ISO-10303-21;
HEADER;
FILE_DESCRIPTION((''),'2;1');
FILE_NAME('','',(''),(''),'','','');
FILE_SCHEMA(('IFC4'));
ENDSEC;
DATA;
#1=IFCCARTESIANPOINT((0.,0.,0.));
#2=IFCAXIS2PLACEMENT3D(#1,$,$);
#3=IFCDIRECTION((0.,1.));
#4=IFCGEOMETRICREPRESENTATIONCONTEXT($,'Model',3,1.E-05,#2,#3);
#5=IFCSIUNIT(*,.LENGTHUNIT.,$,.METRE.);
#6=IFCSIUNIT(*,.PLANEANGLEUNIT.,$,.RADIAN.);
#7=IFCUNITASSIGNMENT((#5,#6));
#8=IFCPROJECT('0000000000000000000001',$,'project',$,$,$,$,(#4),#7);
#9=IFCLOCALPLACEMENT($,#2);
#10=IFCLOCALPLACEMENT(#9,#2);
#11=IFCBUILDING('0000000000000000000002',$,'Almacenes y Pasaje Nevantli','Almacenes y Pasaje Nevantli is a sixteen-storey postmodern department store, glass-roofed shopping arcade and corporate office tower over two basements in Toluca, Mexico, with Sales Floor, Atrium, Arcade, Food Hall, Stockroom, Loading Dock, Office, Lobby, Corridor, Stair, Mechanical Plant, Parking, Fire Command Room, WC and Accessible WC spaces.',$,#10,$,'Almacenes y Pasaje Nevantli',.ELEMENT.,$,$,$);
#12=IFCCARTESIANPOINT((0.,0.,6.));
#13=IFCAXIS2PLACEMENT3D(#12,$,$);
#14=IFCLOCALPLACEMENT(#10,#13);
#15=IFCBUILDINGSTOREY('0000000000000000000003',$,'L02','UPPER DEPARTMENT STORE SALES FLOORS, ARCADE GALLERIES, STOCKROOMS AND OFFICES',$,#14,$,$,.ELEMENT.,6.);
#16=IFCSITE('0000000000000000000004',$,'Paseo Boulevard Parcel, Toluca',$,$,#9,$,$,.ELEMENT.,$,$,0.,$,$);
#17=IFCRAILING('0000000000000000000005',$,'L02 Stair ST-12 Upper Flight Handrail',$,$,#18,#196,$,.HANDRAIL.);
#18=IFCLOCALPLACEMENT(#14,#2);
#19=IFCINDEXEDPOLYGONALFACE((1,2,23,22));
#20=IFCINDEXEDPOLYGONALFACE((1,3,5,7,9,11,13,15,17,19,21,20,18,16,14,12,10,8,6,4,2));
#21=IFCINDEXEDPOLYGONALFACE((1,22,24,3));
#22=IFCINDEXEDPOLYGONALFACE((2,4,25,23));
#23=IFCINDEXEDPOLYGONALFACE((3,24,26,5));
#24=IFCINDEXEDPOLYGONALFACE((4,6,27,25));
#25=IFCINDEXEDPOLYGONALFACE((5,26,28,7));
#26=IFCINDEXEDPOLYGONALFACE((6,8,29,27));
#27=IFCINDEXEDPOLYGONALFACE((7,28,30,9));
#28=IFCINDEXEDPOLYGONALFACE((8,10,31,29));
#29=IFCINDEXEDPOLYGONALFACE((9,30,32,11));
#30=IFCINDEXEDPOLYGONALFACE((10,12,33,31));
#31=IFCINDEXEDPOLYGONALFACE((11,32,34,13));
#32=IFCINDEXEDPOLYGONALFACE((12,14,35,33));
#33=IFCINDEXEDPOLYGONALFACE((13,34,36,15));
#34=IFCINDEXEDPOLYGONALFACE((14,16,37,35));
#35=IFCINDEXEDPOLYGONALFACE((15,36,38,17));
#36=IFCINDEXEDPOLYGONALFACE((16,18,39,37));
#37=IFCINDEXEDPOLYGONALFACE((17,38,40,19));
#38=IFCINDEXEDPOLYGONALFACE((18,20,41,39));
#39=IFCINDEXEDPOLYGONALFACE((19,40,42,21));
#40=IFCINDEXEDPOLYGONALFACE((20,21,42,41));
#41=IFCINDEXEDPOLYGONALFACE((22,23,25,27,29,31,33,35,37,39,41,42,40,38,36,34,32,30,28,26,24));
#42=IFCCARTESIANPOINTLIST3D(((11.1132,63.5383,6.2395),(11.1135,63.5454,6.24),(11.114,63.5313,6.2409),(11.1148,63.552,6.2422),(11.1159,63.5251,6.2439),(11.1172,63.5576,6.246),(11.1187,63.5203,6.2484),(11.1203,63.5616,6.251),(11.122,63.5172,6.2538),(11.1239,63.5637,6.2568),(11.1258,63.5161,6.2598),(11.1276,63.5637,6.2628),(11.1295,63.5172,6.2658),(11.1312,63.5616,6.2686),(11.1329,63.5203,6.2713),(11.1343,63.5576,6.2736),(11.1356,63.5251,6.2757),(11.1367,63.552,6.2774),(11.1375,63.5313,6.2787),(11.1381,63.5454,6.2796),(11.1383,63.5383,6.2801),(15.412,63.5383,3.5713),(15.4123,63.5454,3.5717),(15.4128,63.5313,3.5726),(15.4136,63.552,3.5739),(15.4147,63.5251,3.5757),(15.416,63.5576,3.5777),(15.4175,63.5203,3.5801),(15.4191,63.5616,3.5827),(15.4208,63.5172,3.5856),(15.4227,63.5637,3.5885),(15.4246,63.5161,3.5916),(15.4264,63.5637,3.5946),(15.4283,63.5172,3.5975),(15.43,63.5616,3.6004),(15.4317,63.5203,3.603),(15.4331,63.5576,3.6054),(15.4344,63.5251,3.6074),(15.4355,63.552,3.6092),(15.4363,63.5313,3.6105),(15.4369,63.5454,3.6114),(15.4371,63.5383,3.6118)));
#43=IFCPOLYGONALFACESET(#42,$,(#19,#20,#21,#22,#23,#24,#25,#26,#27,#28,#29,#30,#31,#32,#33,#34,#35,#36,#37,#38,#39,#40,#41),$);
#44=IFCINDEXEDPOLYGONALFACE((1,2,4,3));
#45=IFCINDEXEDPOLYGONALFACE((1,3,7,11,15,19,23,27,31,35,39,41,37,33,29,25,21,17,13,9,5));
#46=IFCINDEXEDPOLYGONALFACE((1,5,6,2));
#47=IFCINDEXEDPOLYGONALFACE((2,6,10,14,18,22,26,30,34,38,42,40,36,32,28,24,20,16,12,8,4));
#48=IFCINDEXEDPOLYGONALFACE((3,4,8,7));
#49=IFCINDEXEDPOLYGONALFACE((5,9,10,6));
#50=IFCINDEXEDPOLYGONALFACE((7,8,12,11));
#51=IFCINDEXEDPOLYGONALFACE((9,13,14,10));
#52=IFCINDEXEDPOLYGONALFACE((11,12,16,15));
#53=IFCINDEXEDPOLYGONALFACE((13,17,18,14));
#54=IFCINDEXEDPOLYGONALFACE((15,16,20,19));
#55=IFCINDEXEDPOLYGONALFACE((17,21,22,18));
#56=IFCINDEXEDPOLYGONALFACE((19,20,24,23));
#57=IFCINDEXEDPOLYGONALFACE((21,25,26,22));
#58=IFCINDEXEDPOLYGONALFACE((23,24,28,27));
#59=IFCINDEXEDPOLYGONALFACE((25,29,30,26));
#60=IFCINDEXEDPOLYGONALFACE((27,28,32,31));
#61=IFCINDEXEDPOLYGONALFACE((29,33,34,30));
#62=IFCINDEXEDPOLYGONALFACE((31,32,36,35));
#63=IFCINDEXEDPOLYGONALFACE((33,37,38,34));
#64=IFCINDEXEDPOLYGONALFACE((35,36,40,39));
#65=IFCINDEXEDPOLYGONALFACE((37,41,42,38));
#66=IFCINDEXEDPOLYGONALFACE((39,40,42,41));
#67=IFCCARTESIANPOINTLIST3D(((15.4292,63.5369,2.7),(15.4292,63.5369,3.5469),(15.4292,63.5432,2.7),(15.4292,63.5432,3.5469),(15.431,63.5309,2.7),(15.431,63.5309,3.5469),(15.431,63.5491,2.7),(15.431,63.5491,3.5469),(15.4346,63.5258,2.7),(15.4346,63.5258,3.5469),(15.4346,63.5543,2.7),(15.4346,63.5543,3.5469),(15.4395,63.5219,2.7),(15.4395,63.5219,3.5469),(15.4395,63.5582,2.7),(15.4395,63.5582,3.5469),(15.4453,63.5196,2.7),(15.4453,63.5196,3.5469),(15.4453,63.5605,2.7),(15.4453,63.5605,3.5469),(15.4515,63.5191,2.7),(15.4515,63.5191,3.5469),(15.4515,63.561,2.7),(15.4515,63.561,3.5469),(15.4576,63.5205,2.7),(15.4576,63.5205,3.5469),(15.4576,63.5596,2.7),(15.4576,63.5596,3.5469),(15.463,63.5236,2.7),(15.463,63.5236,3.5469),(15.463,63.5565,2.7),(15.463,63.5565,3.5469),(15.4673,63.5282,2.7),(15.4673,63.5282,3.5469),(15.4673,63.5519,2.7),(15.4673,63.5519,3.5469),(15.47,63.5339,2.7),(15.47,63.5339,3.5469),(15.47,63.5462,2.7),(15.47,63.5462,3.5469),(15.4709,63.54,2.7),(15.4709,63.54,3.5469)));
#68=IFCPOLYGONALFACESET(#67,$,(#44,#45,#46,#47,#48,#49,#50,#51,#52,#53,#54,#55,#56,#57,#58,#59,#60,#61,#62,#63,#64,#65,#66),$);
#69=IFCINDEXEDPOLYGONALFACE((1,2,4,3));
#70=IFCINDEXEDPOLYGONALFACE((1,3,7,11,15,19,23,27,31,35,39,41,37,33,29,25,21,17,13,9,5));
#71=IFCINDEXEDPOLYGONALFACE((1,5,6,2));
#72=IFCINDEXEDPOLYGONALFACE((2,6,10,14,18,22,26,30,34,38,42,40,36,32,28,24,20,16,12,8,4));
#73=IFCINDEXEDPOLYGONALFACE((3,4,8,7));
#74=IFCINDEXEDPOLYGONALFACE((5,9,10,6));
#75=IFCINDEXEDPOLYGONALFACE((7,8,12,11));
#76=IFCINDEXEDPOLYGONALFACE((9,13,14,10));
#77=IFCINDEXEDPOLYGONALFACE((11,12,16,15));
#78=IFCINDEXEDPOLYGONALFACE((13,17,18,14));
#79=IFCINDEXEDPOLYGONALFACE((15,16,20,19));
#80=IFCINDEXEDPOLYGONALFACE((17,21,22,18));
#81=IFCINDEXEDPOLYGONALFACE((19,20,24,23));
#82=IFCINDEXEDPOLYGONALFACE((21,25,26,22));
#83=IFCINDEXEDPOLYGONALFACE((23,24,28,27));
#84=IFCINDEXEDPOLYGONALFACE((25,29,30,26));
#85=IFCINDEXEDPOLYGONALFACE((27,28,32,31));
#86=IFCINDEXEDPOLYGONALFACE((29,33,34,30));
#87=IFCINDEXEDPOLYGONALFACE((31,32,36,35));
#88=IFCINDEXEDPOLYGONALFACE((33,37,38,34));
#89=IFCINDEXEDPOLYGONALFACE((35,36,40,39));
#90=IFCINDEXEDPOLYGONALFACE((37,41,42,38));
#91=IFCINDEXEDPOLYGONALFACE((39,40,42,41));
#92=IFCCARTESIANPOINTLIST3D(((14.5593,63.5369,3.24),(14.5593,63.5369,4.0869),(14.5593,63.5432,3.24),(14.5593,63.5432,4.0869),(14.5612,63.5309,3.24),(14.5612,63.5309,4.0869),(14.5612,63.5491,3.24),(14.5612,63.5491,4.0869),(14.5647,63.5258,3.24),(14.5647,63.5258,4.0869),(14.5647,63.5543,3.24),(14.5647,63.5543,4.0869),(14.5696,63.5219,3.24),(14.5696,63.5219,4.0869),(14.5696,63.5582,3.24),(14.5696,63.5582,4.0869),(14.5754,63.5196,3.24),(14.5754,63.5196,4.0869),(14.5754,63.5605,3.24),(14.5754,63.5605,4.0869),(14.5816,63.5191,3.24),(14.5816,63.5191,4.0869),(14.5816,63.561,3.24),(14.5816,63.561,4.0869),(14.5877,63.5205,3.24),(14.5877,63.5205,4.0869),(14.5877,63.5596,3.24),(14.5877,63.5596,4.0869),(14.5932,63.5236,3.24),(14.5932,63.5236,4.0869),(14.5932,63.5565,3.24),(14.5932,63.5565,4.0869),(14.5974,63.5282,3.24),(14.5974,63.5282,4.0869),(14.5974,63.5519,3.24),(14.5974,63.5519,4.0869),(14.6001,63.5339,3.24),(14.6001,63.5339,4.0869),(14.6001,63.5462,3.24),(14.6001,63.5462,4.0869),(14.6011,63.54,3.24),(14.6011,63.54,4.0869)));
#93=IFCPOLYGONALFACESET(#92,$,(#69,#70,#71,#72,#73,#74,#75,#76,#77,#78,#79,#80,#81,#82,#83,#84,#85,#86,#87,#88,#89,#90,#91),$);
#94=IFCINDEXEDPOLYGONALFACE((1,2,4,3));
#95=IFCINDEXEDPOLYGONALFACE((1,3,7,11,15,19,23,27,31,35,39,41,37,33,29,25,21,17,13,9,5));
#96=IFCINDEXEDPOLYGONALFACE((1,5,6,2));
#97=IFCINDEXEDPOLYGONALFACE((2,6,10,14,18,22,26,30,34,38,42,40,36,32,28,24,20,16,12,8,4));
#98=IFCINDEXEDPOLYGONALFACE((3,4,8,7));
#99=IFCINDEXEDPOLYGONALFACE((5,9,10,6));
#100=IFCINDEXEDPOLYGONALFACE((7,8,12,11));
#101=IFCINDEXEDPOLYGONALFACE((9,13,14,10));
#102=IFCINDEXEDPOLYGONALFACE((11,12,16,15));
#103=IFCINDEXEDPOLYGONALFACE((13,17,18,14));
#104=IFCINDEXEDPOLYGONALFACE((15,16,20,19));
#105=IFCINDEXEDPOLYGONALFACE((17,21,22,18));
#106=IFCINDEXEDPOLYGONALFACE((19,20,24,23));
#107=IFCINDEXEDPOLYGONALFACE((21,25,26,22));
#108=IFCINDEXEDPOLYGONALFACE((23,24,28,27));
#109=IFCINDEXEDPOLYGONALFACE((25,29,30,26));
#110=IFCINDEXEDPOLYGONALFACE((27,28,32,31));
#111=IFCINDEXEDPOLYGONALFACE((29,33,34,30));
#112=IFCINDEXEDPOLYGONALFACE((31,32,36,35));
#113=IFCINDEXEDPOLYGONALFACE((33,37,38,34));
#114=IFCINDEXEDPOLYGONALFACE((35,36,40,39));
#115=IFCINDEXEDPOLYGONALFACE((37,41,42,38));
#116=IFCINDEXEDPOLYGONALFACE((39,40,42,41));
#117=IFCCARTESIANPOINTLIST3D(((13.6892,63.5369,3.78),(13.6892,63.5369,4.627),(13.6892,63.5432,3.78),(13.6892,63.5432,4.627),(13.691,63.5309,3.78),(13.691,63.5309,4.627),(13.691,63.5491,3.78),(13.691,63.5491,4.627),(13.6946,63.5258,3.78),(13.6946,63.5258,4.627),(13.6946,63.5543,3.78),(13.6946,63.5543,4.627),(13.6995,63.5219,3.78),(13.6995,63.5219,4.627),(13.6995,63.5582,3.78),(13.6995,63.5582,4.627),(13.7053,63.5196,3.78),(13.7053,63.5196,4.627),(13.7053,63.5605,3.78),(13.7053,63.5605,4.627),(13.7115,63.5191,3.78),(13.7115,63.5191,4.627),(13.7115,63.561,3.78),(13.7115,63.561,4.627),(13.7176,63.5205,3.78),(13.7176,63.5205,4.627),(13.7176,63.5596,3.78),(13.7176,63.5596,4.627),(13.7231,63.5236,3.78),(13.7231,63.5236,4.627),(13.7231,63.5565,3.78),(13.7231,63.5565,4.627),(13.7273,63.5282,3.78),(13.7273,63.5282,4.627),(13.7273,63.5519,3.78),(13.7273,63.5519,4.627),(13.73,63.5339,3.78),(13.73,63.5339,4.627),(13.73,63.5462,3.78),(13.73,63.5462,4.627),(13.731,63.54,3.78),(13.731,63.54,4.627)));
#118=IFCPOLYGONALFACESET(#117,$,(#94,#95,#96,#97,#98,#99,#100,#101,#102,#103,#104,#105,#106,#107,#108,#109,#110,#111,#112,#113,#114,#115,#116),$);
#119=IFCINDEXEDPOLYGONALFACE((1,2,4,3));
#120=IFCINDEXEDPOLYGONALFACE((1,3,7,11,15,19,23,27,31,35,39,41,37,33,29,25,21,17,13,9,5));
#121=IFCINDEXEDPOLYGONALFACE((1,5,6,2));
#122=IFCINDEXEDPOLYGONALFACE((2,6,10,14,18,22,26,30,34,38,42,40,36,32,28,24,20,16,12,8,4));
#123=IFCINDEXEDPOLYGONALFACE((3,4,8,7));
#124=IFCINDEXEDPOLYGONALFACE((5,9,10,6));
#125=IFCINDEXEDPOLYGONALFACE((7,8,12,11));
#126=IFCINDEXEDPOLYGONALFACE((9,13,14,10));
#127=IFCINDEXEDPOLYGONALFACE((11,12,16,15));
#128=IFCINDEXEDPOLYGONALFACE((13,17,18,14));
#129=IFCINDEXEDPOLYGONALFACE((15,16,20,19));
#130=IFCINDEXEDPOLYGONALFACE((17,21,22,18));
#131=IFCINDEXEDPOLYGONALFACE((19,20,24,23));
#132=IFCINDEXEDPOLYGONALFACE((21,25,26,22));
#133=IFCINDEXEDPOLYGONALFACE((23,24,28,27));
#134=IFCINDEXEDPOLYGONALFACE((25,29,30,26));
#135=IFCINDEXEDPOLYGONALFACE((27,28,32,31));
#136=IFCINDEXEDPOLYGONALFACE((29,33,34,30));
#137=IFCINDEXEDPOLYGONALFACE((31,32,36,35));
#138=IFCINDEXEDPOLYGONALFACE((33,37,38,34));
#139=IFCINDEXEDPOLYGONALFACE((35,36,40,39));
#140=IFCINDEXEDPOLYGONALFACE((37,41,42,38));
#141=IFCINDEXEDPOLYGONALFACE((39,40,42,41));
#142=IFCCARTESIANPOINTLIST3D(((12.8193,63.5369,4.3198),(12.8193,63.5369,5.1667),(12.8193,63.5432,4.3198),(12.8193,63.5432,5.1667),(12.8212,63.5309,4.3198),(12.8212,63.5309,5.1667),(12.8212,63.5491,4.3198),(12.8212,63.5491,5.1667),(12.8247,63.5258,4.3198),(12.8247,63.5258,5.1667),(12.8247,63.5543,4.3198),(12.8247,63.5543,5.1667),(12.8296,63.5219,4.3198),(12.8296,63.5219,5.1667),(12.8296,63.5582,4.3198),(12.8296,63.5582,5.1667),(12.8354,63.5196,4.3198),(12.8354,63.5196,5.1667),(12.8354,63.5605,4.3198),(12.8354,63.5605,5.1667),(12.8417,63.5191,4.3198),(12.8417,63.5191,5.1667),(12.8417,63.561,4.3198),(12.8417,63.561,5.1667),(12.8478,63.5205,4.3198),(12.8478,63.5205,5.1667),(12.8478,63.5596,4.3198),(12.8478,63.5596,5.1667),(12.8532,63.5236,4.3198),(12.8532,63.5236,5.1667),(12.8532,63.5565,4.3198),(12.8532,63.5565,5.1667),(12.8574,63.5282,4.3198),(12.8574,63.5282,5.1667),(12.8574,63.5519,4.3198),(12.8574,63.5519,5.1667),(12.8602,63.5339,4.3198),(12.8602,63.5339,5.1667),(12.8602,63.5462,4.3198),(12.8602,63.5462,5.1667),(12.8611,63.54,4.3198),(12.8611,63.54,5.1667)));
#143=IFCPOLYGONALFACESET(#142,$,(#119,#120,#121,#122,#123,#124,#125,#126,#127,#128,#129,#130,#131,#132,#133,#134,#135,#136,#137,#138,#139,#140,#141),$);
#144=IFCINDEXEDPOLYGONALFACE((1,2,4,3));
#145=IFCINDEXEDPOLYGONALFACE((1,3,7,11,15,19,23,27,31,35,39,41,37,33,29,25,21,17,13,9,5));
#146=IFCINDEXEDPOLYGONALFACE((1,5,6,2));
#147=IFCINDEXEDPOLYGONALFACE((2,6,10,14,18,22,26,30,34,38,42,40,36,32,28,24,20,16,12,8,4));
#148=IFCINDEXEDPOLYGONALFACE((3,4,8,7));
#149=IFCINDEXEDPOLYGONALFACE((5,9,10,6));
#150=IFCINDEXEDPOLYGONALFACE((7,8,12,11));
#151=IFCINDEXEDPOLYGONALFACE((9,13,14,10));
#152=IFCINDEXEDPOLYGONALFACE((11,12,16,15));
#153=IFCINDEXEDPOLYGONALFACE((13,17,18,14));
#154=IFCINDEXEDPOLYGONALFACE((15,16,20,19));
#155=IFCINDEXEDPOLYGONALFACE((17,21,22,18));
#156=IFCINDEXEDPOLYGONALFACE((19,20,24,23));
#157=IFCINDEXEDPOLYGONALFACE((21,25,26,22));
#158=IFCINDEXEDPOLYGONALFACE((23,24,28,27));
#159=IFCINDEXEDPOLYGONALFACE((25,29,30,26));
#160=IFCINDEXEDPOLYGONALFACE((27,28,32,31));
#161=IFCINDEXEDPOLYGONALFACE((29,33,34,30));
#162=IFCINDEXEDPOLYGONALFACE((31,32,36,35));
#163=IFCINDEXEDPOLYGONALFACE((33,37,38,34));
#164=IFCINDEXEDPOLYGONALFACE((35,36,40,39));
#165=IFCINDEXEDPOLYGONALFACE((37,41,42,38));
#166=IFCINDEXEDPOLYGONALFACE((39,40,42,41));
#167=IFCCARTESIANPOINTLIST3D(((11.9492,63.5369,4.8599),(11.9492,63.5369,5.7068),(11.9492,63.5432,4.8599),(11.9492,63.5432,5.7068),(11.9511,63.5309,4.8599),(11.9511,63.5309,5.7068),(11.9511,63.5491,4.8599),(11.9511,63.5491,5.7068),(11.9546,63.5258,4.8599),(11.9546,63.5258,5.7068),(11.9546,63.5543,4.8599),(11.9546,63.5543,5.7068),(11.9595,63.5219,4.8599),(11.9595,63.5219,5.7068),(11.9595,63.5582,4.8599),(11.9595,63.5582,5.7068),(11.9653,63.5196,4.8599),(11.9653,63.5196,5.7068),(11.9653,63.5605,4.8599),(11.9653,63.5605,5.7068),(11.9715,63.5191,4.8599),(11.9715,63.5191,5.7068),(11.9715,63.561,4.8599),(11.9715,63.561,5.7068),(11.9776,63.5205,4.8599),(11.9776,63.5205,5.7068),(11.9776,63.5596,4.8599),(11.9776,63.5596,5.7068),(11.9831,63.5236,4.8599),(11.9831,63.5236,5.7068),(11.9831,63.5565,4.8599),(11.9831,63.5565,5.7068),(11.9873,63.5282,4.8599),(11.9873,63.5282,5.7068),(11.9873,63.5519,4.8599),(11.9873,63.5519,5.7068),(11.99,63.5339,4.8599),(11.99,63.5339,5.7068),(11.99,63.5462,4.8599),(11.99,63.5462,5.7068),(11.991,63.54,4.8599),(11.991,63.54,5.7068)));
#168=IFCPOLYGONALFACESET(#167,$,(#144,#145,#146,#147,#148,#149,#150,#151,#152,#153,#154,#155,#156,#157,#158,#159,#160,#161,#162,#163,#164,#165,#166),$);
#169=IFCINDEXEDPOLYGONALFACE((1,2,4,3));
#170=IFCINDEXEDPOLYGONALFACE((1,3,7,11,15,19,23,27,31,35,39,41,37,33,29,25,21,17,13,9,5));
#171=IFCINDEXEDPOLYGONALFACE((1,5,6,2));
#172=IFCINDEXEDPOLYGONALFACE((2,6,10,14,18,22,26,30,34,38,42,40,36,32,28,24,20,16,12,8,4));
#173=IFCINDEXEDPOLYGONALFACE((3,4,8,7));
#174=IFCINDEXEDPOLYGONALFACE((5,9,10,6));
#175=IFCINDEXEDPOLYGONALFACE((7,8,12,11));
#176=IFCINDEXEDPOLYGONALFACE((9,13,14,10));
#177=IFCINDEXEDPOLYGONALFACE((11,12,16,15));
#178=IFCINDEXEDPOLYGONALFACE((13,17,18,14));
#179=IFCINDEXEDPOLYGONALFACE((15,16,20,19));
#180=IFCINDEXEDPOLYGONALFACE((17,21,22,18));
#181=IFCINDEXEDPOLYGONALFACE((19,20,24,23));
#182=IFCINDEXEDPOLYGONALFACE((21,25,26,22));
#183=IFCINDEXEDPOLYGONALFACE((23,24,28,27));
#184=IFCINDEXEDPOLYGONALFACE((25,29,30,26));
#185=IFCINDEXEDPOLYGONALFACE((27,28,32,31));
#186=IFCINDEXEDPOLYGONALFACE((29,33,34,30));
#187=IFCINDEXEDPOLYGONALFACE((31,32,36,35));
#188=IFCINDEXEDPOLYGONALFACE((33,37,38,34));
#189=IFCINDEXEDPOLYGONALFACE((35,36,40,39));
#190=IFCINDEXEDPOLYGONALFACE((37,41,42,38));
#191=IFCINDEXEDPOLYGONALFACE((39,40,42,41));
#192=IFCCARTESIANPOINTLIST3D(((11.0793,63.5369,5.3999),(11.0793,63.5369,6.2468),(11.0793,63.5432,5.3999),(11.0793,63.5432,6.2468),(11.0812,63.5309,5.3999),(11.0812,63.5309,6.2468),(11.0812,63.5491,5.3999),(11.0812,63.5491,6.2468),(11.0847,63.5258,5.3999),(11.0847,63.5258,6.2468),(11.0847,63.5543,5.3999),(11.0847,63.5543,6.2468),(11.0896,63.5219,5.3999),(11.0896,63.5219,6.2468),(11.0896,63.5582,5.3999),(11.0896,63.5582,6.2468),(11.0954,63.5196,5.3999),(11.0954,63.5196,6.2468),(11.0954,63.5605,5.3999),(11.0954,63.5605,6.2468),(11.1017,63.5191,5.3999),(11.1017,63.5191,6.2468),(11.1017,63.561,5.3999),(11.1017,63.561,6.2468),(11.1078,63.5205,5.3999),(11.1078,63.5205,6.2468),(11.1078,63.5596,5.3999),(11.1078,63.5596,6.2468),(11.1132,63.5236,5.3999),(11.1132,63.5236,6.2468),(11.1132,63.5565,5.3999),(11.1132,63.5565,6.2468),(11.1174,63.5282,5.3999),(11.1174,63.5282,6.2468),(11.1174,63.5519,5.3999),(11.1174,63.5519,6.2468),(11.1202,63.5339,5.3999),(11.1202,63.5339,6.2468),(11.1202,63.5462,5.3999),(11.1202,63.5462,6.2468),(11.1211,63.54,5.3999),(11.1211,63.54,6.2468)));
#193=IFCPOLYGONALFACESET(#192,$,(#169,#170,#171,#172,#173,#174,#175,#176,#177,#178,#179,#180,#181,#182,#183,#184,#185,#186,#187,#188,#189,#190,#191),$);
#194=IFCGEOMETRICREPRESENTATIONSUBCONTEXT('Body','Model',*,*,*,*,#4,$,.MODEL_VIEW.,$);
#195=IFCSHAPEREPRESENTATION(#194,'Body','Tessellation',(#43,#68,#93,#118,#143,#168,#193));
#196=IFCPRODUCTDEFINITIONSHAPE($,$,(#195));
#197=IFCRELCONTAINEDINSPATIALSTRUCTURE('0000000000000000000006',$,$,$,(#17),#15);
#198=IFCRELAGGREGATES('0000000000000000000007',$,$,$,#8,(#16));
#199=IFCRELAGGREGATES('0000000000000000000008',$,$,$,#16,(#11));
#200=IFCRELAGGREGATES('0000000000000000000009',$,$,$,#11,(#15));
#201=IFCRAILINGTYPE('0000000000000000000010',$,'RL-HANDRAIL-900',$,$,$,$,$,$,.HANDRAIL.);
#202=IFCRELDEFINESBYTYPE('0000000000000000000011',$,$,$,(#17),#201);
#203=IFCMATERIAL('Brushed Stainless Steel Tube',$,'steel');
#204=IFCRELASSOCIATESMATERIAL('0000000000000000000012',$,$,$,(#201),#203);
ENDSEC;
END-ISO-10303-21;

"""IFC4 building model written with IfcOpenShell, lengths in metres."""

from ifc_helpers import new_model, si_unit, direction, frame, origin, origin_2d, place, context, subcontext, project, spatial, circle, extrude, material, type_object, element, save


model = new_model("IFC4")

# Units and contexts
model_context = context("Model", 3, precision=1e-05, world=origin(), true_north=direction((0.0, 1.0)))
body_context = subcontext(model_context, "Body", "Model", "MODEL_VIEW")
ifc_project = project(units=[si_unit("LENGTHUNIT", "METRE"), si_unit("PLANEANGLEUNIT", "RADIAN")], contexts=[model_context])

# Site, building, storey
site_placement = place(None, origin())
site = spatial("IfcSite", under=ifc_project, at=site_placement, Name="Paseo Boulevard Parcel, Toluca", CompositionType="ELEMENT", RefElevation=0.0)
building_placement = place(site_placement, origin())
building = spatial("IfcBuilding", under=site, at=building_placement, Name="Almacenes y Pasaje Nevantli", Description="Almacenes y Pasaje Nevantli is a sixteen-storey postmodern department store, glass-roofed shopping arcade and corporate office tower over two basements in Toluca, Mexico, with Sales Floor, Atrium, Arcade, Food Hall, Stockroom, Loading Dock, Office, Lobby, Corridor, Stair, Mechanical Plant, Parking, Fire Command Room, WC and Accessible WC spaces.", LongName="Almacenes y Pasaje Nevantli", CompositionType="ELEMENT")
storey_placement = place(building_placement, frame((0.0, 0.0, 6.0)))
storey = spatial("IfcBuildingStorey", under=building, at=storey_placement, Name="L02", Description="UPPER DEPARTMENT STORE SALES FLOORS, ARCADE GALLERIES, STOCKROOMS AND OFFICES", CompositionType="ELEMENT", Elevation=6.0)

# Railing
ifc_material_1 = material(Name="Brushed Stainless Steel Tube", Category="steel")
railing_type_1 = type_object("IfcRailingType", Name="RL-HANDRAIL-900", PredefinedType="HANDRAIL", material=ifc_material_1)
railing_1_placement = place(storey_placement, frame((15.45, 63.54, 2.7)))
element("IfcRailing", 1, at=railing_1_placement, inside=storey, type_object=railing_type_1, Name="L02 Stair ST-12 Upper Flight Handrail", PredefinedType="HANDRAIL", context=body_context, shape_type="SweptSolid", body=[
    extrude(circle(Radius=0.0239, at=origin_2d()), frame((-0.0254, 0.0, 0.8916), z_axis=(-0.849636, 0.0, 0.527369), x_axis=(0.0, -1.0, 0.0)), (0.0, 0.0, 1.0), 5.0596),
    extrude(circle(Radius=0.021, at=origin_2d()), origin(), (0.0, 0.0, 1.0), 0.8469),
    extrude(circle(Radius=0.021, at=origin_2d()), frame((-0.8699, 0.0, 0.54)), (0.0, 0.0, 1.0), 0.8469),
    extrude(circle(Radius=0.021, at=origin_2d()), frame((-1.74, 0.0, 1.0801)), (0.0, 0.0, 1.0), 0.8469),
    extrude(circle(Radius=0.021, at=origin_2d()), frame((-2.6099, 0.0, 1.6199)), (0.0, 0.0, 1.0), 0.8469),
    extrude(circle(Radius=0.021, at=origin_2d()), frame((-3.48, 0.0, 2.1599)), (0.0, 0.0, 1.0), 0.8469),
    extrude(circle(Radius=0.021, at=origin_2d()), frame((-4.3499, 0.0, 2.7)), (0.0, 0.0, 1.0), 0.8469),
])

save(model, "model.ifc")
